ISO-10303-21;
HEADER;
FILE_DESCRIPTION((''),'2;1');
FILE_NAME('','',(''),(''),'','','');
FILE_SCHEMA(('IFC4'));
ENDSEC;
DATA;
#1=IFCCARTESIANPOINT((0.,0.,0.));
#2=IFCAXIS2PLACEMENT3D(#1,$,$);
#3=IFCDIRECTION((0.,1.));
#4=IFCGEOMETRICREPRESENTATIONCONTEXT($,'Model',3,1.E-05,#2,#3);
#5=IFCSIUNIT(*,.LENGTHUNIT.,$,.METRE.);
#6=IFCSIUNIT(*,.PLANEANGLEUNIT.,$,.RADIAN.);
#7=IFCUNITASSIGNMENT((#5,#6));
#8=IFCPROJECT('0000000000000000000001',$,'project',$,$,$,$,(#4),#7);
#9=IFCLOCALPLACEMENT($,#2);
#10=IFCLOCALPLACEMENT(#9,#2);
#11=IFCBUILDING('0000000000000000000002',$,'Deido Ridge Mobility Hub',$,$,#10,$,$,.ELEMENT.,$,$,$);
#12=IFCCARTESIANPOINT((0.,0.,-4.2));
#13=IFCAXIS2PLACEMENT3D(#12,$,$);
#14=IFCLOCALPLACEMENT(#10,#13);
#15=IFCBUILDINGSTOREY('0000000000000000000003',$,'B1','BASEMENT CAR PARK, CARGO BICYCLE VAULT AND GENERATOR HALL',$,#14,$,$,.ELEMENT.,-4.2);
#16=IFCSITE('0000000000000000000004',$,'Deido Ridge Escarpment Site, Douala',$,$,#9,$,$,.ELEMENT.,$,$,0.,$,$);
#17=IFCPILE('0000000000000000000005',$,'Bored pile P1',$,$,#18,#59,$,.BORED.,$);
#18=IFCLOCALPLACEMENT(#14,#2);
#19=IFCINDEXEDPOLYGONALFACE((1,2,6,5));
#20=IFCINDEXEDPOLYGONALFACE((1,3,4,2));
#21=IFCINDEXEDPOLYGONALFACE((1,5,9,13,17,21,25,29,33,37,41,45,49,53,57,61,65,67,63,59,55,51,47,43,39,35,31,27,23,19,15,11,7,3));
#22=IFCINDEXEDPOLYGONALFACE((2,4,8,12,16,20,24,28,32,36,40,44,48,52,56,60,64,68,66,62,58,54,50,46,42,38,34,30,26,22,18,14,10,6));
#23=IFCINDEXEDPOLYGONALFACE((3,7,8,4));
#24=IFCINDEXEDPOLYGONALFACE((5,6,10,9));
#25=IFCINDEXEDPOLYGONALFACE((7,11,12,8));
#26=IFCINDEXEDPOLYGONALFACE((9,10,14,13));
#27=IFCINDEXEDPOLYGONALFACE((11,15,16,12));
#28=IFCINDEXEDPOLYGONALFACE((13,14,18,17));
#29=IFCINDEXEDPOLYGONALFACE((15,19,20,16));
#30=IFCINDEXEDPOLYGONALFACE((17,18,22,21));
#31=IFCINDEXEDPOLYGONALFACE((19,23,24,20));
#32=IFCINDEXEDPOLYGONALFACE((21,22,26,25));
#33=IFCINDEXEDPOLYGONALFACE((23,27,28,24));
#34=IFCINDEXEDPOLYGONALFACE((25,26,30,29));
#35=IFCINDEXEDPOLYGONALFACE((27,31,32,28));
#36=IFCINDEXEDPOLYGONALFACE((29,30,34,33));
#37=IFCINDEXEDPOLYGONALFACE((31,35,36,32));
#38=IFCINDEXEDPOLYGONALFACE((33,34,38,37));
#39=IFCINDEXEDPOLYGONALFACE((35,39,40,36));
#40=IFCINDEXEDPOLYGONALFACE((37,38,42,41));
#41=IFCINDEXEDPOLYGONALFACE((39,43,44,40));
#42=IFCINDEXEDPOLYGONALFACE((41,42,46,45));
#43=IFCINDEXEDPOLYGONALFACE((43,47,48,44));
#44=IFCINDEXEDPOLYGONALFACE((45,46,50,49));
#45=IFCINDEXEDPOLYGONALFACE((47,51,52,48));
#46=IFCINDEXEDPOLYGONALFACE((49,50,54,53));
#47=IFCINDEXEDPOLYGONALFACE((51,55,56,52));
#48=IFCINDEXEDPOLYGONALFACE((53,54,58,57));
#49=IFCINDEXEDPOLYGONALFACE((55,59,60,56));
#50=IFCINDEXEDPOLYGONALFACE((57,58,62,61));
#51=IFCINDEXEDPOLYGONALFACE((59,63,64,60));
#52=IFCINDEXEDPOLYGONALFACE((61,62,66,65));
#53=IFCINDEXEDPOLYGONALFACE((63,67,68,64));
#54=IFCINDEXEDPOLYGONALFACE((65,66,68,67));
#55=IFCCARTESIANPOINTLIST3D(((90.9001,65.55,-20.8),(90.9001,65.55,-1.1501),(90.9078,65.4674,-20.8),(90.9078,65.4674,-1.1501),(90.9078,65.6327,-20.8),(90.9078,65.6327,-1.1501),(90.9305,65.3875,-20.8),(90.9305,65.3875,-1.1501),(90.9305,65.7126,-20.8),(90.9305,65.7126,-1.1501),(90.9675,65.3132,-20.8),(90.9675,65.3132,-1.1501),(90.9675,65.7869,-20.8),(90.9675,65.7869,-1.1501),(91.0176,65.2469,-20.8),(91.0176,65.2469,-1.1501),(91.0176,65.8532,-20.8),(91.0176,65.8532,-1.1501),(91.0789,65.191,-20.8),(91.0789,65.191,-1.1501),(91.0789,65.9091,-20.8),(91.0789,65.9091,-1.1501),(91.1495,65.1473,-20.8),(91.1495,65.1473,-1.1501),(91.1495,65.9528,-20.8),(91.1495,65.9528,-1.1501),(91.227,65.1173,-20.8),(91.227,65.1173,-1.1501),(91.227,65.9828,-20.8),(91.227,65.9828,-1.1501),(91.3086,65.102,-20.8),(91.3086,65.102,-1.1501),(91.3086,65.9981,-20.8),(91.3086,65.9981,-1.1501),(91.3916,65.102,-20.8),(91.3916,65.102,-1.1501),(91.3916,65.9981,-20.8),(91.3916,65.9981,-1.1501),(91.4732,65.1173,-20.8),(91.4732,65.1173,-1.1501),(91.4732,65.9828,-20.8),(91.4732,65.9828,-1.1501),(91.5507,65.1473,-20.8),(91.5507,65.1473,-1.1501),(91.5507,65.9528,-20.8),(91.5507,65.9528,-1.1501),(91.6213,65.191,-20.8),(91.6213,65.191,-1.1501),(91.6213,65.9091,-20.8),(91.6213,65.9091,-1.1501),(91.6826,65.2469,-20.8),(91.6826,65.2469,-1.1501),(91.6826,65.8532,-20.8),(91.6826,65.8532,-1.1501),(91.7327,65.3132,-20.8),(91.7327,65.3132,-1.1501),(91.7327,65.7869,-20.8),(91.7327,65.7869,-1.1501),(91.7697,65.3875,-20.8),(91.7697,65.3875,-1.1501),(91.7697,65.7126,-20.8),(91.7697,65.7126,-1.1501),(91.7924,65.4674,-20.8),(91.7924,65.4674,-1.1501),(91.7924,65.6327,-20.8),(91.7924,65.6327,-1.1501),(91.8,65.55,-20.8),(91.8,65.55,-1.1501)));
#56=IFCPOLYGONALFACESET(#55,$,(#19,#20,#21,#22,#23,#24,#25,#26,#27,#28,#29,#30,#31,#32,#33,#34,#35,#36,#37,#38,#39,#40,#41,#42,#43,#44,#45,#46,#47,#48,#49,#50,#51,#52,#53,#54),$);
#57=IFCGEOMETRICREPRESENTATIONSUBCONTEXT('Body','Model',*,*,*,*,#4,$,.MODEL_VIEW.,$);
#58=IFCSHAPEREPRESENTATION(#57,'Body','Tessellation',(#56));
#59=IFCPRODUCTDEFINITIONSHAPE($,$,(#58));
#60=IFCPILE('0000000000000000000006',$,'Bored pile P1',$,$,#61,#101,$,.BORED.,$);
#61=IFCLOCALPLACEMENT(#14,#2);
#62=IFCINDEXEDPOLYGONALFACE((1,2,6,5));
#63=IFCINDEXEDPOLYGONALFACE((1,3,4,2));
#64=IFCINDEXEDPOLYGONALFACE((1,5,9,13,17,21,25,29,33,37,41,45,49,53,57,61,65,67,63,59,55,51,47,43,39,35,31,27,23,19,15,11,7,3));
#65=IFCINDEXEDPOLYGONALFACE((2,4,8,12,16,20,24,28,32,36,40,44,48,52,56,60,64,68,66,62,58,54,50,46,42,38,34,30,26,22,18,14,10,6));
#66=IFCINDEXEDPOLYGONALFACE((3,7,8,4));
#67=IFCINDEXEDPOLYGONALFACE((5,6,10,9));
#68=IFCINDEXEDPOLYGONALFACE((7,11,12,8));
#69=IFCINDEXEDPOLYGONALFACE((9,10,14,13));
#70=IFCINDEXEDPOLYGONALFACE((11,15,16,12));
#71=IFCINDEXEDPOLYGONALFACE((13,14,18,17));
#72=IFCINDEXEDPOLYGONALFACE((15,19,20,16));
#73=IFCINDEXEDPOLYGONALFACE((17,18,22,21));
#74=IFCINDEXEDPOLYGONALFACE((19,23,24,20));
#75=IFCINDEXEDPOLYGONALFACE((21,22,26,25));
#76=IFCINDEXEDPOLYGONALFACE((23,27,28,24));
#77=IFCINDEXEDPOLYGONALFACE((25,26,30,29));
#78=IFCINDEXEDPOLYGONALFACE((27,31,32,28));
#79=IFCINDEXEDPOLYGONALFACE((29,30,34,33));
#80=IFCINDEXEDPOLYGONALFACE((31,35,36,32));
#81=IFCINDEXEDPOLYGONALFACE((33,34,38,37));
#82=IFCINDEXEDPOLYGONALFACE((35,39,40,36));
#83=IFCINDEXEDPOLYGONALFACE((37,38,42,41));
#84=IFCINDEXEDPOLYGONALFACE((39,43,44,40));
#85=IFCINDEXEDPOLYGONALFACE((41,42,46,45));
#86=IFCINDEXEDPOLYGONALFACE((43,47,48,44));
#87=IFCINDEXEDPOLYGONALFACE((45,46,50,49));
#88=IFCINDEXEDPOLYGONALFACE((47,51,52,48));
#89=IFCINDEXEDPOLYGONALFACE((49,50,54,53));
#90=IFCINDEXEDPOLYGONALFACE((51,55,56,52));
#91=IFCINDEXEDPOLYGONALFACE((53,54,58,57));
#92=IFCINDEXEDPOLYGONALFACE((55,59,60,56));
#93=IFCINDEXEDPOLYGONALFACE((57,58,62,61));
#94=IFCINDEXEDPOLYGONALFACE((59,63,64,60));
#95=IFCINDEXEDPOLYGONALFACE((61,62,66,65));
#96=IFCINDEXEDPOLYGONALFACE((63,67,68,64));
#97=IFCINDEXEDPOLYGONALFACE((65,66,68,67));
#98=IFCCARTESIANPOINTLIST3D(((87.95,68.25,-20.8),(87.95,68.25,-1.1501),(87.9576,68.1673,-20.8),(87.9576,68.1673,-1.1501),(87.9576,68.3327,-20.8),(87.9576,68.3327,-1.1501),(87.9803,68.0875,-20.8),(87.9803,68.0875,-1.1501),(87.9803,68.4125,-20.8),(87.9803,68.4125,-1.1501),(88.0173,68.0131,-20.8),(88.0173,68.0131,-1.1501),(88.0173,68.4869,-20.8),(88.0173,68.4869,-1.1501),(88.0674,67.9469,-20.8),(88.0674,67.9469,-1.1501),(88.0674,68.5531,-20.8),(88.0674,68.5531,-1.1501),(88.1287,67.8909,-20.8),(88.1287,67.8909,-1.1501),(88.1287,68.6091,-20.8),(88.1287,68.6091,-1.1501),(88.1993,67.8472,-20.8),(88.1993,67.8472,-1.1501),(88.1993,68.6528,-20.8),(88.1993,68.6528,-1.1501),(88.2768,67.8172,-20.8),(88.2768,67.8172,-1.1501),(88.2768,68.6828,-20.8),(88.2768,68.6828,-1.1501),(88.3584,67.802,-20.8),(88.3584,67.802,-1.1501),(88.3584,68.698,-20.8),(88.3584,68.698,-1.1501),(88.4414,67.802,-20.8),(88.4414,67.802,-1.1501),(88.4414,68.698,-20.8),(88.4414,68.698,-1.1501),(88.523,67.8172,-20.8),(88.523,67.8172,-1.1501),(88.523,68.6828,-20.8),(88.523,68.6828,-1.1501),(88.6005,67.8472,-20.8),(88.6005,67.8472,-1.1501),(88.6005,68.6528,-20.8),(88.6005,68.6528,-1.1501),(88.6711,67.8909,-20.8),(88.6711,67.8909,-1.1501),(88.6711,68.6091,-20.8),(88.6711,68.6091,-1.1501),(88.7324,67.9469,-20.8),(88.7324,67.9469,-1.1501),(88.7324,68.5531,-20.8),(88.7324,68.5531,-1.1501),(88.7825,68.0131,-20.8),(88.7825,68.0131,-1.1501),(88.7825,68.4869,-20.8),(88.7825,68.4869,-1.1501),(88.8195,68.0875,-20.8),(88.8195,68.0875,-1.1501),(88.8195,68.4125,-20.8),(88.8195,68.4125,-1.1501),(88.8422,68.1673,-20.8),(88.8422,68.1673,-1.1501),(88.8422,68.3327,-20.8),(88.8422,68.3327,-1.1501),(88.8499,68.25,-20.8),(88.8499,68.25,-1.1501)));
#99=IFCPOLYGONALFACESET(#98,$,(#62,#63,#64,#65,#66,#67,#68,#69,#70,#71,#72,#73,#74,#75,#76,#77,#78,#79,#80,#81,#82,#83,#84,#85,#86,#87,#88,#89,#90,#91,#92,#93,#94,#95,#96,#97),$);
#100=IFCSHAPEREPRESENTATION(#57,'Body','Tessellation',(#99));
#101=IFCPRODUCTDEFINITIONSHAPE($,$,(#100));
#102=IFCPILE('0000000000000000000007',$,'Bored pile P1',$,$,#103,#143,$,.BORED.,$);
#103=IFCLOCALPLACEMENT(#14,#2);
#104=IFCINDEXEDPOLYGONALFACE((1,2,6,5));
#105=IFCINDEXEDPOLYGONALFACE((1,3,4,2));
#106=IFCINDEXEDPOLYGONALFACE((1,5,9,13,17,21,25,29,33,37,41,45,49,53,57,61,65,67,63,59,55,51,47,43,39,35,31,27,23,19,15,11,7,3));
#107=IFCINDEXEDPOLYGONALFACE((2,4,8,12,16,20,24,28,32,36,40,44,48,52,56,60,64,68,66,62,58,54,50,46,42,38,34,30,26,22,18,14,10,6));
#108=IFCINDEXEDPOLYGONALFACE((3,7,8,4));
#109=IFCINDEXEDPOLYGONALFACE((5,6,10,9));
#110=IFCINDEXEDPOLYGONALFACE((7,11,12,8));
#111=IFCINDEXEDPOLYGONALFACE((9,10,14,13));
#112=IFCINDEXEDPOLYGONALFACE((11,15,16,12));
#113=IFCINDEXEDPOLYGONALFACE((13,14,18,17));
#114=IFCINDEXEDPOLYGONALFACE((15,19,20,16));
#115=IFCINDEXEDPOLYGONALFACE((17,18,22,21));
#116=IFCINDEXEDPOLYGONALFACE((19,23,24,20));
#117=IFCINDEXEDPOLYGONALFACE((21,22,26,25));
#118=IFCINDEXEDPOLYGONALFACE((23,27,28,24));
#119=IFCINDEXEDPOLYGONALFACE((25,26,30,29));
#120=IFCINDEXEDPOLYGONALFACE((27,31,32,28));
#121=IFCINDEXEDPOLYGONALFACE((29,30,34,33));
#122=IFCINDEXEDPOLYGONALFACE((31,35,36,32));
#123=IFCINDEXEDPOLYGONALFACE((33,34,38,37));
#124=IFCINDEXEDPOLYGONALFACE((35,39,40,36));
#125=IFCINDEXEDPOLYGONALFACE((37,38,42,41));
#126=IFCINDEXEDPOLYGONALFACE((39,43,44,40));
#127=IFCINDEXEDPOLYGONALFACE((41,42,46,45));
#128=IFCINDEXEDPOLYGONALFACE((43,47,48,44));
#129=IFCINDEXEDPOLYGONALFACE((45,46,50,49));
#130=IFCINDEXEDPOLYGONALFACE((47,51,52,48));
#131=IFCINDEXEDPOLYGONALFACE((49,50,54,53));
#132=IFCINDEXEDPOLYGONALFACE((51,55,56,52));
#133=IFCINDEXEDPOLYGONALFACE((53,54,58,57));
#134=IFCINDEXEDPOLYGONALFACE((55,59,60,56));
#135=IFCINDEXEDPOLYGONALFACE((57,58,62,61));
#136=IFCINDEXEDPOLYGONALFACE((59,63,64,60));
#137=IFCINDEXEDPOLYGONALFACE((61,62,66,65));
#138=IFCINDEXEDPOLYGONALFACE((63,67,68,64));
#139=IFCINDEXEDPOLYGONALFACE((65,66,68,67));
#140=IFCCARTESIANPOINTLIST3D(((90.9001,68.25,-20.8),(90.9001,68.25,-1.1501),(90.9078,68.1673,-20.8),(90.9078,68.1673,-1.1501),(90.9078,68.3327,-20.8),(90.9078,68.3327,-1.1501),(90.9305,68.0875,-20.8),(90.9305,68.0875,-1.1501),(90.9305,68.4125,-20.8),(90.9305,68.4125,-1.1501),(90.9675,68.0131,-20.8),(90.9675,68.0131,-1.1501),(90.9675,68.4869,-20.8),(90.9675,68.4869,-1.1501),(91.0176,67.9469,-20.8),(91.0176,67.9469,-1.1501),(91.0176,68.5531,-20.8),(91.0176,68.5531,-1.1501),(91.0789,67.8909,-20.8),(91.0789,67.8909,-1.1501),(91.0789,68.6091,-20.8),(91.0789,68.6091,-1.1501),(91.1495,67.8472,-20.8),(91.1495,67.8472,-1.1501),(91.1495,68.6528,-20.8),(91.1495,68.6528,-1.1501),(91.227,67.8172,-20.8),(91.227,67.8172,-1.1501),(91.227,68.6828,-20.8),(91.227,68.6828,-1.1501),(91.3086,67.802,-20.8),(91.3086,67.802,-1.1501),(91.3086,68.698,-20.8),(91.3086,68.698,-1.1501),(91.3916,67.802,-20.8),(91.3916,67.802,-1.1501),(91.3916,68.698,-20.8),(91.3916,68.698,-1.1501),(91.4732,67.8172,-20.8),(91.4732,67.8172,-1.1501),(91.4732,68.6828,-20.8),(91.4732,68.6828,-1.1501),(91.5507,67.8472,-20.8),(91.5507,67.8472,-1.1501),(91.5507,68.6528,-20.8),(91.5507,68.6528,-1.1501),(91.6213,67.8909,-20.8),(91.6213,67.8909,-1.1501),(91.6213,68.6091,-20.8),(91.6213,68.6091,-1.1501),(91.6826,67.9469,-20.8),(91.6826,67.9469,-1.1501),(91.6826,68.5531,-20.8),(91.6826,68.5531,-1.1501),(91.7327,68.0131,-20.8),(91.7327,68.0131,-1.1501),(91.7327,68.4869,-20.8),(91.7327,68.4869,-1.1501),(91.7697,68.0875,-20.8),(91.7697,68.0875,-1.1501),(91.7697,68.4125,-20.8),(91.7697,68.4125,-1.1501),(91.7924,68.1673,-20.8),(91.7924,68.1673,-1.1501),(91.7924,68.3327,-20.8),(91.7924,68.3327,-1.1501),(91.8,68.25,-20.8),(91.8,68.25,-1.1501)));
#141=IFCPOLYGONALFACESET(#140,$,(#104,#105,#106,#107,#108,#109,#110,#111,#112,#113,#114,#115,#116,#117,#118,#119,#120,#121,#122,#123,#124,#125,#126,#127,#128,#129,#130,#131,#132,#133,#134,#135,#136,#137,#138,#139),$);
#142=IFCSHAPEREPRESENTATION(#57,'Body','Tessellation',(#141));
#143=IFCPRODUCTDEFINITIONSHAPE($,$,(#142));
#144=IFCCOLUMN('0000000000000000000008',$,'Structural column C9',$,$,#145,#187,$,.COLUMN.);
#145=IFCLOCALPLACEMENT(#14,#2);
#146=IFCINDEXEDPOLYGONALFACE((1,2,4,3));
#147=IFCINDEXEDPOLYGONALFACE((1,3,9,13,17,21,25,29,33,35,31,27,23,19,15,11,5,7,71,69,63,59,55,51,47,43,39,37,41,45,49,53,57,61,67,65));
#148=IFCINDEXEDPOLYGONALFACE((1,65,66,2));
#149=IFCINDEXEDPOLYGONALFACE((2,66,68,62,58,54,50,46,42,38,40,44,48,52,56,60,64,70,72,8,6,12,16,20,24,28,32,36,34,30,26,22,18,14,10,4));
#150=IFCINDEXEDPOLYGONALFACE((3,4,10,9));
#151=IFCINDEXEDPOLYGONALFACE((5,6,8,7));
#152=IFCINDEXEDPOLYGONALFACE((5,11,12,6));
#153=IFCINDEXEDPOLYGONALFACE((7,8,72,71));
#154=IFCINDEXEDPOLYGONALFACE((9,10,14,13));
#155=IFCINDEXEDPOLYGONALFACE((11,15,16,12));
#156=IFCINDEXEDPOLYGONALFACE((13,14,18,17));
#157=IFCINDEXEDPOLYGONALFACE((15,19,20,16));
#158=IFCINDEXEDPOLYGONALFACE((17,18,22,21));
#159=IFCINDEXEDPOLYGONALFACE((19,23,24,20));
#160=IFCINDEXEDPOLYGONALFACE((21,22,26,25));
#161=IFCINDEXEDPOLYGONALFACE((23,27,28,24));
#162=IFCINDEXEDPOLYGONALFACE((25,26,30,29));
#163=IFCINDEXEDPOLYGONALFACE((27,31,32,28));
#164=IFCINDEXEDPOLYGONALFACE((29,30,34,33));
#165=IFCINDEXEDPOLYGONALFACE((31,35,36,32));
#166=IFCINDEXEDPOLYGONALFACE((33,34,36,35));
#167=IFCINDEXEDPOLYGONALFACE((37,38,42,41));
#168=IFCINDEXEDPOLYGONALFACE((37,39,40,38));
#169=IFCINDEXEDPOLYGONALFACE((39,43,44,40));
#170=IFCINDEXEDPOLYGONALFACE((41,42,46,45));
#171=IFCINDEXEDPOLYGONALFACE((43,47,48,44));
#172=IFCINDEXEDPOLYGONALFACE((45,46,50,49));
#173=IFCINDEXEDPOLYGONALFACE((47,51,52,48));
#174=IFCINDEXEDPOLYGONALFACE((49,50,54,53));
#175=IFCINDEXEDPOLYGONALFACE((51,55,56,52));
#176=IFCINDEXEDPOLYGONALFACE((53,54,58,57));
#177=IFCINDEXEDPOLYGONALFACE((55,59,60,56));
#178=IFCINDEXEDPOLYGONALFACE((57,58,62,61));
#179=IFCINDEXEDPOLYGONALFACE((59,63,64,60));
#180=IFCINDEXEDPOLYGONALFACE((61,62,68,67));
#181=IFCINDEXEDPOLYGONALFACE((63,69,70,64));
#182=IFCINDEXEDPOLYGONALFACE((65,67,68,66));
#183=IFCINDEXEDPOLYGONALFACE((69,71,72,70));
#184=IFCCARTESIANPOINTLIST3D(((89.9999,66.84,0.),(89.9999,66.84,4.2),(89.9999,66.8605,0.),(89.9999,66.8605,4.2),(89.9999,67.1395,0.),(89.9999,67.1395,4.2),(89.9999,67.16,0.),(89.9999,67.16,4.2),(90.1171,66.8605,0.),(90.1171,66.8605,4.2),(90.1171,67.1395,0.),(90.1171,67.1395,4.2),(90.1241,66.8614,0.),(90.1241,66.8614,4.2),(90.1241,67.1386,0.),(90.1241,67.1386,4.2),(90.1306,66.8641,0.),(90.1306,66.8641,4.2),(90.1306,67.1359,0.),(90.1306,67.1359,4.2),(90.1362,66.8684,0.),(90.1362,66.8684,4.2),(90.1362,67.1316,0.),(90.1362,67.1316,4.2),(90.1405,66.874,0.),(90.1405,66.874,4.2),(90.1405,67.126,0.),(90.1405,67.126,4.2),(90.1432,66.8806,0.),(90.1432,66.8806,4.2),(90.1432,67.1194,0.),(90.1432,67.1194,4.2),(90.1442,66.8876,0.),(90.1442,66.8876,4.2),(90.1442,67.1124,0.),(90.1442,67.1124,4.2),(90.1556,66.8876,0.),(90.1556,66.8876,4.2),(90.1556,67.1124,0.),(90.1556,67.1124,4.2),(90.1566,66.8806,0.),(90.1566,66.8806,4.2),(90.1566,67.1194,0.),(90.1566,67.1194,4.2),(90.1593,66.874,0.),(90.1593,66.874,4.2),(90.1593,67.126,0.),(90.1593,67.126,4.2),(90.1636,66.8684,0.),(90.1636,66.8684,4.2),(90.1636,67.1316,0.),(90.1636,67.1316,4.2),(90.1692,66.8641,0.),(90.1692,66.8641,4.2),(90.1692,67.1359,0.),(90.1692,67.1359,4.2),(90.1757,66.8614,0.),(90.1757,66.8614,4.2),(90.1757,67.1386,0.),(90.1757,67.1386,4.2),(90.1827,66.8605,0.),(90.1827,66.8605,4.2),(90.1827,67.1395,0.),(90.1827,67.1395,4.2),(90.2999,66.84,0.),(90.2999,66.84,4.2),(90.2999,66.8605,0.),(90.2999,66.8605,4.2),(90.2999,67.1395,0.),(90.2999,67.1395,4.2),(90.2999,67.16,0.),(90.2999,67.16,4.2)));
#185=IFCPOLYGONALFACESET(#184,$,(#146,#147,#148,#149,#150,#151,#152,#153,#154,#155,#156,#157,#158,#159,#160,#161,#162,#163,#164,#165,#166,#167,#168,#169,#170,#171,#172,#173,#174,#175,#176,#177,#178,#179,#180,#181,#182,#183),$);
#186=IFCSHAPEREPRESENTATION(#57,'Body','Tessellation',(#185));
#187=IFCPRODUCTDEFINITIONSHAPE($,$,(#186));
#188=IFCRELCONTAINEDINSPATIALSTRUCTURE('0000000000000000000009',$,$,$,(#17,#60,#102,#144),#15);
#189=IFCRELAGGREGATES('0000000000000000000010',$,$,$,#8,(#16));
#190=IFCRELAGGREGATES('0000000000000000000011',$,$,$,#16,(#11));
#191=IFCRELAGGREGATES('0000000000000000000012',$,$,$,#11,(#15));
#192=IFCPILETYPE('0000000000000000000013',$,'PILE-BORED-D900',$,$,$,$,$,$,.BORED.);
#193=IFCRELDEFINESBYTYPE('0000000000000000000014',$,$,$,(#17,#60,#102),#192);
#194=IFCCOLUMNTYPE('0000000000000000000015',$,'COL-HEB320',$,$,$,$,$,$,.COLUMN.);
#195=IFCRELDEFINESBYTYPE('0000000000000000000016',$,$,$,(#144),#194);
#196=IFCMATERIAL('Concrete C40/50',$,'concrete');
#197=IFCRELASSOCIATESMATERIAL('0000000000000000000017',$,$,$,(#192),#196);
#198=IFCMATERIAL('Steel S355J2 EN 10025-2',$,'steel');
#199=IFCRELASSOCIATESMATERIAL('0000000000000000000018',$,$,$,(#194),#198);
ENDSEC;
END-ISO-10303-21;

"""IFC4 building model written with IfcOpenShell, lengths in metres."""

from ifc_helpers import new_model, si_unit, direction, frame, origin, origin_2d, place, context, subcontext, project, spatial, circle, i_section, extrude, material, material_profile, profile_set, type_object, element, save


model = new_model("IFC4")

# Units and contexts
model_context = context("Model", 3, precision=1e-05, world=origin(), true_north=direction((0.0, 1.0)))
body_context = subcontext(model_context, "Body", "Model", "MODEL_VIEW")
ifc_project = project(units=[si_unit("LENGTHUNIT", "METRE"), si_unit("PLANEANGLEUNIT", "RADIAN")], contexts=[model_context])

# Site, building, storey
site_placement = place(None, origin())
site = spatial("IfcSite", under=ifc_project, at=site_placement, Name="Deido Ridge Escarpment Site, Douala", CompositionType="ELEMENT", RefElevation=0.0)
building_placement = place(site_placement, origin())
building = spatial("IfcBuilding", under=site, at=building_placement, Name="Deido Ridge Mobility Hub", CompositionType="ELEMENT")
storey_placement = place(building_placement, frame((0.0, 0.0, -4.2)))
storey = spatial("IfcBuildingStorey", under=building, at=storey_placement, Name="B1", Description="BASEMENT CAR PARK, CARGO BICYCLE VAULT AND GENERATOR HALL", CompositionType="ELEMENT", Elevation=-4.2)

# Shared definitions
ifc_material_1 = material(Name="Concrete C40/50", Category="concrete")

# Piles
ifc_material_profile_1 = material_profile(ifc_material_1, circle(Radius=0.45, at=origin_2d()), Name="BORED PILE D900")
ifc_profile_set_1 = profile_set([ifc_material_profile_1], Name="Concrete C40/50")
pile_type_1 = type_object("IfcPileType", Name="PILE-BORED-D900", PredefinedType="BORED", material=ifc_profile_set_1)
for number, where, z_axis, x_axis, name in (
    (1, (91.3501, 65.55, -1.1501), (0.0, 0.0, -1.0), (1.0, 0.0, 0.0), "Bored pile P1"),
    (2, (88.3999, 68.25, -1.1501), (0.0, 0.0, -1.0), (1.0, 0.0, 0.0), "Bored pile P1"),
    (3, (91.3501, 68.25, -1.1501), (0.0, 0.0, -1.0), (1.0, 0.0, 0.0), "Bored pile P1"),
):
    element("IfcPile", number, at=place(storey_placement, frame(where, z_axis=z_axis, x_axis=x_axis)), inside=storey, type_object=pile_type_1, Name=name, PredefinedType="BORED", context=body_context, shape_type="SweptSolid", body=[
        extrude(circle(Radius=0.45, at=origin_2d()), origin(), (0.0, 0.0, 1.0), 19.6499),
    ])

# Column
ifc_material_2 = material(Name="Steel S355J2 EN 10025-2", Category="steel")
ifc_material_profile_2 = material_profile(ifc_material_2, i_section(OverallWidth=0.3, OverallDepth=0.3201, WebThickness=0.0115, FlangeThickness=0.0205, FilletRadius=0.0271, at=origin_2d()), Name="HEB 320")
ifc_profile_set_2 = profile_set([ifc_material_profile_2], Name="Steel S355J2 EN 10025-2")
column_type_1 = type_object("IfcColumnType", Name="COL-HEB320", PredefinedType="COLUMN", material=ifc_profile_set_2)
for number, where, z_axis, x_axis, name in (
    (4, (90.1499, 67.0, 0.0), (0.0, 0.0, 1.0), (1.0, 0.0, 0.0), "Structural column C9"),
):
    element("IfcColumn", number, at=place(storey_placement, frame(where, z_axis=z_axis, x_axis=x_axis)), inside=storey, type_object=column_type_1, Name=name, PredefinedType="COLUMN", context=body_context, shape_type="SweptSolid", body=[
        extrude(i_section(OverallWidth=0.3, OverallDepth=0.3201, WebThickness=0.0115, FlangeThickness=0.0205, FilletRadius=0.0271, at=origin_2d()), origin(), (0.0, 0.0, 1.0), 4.2),
    ])

save(model, "model.ifc")
